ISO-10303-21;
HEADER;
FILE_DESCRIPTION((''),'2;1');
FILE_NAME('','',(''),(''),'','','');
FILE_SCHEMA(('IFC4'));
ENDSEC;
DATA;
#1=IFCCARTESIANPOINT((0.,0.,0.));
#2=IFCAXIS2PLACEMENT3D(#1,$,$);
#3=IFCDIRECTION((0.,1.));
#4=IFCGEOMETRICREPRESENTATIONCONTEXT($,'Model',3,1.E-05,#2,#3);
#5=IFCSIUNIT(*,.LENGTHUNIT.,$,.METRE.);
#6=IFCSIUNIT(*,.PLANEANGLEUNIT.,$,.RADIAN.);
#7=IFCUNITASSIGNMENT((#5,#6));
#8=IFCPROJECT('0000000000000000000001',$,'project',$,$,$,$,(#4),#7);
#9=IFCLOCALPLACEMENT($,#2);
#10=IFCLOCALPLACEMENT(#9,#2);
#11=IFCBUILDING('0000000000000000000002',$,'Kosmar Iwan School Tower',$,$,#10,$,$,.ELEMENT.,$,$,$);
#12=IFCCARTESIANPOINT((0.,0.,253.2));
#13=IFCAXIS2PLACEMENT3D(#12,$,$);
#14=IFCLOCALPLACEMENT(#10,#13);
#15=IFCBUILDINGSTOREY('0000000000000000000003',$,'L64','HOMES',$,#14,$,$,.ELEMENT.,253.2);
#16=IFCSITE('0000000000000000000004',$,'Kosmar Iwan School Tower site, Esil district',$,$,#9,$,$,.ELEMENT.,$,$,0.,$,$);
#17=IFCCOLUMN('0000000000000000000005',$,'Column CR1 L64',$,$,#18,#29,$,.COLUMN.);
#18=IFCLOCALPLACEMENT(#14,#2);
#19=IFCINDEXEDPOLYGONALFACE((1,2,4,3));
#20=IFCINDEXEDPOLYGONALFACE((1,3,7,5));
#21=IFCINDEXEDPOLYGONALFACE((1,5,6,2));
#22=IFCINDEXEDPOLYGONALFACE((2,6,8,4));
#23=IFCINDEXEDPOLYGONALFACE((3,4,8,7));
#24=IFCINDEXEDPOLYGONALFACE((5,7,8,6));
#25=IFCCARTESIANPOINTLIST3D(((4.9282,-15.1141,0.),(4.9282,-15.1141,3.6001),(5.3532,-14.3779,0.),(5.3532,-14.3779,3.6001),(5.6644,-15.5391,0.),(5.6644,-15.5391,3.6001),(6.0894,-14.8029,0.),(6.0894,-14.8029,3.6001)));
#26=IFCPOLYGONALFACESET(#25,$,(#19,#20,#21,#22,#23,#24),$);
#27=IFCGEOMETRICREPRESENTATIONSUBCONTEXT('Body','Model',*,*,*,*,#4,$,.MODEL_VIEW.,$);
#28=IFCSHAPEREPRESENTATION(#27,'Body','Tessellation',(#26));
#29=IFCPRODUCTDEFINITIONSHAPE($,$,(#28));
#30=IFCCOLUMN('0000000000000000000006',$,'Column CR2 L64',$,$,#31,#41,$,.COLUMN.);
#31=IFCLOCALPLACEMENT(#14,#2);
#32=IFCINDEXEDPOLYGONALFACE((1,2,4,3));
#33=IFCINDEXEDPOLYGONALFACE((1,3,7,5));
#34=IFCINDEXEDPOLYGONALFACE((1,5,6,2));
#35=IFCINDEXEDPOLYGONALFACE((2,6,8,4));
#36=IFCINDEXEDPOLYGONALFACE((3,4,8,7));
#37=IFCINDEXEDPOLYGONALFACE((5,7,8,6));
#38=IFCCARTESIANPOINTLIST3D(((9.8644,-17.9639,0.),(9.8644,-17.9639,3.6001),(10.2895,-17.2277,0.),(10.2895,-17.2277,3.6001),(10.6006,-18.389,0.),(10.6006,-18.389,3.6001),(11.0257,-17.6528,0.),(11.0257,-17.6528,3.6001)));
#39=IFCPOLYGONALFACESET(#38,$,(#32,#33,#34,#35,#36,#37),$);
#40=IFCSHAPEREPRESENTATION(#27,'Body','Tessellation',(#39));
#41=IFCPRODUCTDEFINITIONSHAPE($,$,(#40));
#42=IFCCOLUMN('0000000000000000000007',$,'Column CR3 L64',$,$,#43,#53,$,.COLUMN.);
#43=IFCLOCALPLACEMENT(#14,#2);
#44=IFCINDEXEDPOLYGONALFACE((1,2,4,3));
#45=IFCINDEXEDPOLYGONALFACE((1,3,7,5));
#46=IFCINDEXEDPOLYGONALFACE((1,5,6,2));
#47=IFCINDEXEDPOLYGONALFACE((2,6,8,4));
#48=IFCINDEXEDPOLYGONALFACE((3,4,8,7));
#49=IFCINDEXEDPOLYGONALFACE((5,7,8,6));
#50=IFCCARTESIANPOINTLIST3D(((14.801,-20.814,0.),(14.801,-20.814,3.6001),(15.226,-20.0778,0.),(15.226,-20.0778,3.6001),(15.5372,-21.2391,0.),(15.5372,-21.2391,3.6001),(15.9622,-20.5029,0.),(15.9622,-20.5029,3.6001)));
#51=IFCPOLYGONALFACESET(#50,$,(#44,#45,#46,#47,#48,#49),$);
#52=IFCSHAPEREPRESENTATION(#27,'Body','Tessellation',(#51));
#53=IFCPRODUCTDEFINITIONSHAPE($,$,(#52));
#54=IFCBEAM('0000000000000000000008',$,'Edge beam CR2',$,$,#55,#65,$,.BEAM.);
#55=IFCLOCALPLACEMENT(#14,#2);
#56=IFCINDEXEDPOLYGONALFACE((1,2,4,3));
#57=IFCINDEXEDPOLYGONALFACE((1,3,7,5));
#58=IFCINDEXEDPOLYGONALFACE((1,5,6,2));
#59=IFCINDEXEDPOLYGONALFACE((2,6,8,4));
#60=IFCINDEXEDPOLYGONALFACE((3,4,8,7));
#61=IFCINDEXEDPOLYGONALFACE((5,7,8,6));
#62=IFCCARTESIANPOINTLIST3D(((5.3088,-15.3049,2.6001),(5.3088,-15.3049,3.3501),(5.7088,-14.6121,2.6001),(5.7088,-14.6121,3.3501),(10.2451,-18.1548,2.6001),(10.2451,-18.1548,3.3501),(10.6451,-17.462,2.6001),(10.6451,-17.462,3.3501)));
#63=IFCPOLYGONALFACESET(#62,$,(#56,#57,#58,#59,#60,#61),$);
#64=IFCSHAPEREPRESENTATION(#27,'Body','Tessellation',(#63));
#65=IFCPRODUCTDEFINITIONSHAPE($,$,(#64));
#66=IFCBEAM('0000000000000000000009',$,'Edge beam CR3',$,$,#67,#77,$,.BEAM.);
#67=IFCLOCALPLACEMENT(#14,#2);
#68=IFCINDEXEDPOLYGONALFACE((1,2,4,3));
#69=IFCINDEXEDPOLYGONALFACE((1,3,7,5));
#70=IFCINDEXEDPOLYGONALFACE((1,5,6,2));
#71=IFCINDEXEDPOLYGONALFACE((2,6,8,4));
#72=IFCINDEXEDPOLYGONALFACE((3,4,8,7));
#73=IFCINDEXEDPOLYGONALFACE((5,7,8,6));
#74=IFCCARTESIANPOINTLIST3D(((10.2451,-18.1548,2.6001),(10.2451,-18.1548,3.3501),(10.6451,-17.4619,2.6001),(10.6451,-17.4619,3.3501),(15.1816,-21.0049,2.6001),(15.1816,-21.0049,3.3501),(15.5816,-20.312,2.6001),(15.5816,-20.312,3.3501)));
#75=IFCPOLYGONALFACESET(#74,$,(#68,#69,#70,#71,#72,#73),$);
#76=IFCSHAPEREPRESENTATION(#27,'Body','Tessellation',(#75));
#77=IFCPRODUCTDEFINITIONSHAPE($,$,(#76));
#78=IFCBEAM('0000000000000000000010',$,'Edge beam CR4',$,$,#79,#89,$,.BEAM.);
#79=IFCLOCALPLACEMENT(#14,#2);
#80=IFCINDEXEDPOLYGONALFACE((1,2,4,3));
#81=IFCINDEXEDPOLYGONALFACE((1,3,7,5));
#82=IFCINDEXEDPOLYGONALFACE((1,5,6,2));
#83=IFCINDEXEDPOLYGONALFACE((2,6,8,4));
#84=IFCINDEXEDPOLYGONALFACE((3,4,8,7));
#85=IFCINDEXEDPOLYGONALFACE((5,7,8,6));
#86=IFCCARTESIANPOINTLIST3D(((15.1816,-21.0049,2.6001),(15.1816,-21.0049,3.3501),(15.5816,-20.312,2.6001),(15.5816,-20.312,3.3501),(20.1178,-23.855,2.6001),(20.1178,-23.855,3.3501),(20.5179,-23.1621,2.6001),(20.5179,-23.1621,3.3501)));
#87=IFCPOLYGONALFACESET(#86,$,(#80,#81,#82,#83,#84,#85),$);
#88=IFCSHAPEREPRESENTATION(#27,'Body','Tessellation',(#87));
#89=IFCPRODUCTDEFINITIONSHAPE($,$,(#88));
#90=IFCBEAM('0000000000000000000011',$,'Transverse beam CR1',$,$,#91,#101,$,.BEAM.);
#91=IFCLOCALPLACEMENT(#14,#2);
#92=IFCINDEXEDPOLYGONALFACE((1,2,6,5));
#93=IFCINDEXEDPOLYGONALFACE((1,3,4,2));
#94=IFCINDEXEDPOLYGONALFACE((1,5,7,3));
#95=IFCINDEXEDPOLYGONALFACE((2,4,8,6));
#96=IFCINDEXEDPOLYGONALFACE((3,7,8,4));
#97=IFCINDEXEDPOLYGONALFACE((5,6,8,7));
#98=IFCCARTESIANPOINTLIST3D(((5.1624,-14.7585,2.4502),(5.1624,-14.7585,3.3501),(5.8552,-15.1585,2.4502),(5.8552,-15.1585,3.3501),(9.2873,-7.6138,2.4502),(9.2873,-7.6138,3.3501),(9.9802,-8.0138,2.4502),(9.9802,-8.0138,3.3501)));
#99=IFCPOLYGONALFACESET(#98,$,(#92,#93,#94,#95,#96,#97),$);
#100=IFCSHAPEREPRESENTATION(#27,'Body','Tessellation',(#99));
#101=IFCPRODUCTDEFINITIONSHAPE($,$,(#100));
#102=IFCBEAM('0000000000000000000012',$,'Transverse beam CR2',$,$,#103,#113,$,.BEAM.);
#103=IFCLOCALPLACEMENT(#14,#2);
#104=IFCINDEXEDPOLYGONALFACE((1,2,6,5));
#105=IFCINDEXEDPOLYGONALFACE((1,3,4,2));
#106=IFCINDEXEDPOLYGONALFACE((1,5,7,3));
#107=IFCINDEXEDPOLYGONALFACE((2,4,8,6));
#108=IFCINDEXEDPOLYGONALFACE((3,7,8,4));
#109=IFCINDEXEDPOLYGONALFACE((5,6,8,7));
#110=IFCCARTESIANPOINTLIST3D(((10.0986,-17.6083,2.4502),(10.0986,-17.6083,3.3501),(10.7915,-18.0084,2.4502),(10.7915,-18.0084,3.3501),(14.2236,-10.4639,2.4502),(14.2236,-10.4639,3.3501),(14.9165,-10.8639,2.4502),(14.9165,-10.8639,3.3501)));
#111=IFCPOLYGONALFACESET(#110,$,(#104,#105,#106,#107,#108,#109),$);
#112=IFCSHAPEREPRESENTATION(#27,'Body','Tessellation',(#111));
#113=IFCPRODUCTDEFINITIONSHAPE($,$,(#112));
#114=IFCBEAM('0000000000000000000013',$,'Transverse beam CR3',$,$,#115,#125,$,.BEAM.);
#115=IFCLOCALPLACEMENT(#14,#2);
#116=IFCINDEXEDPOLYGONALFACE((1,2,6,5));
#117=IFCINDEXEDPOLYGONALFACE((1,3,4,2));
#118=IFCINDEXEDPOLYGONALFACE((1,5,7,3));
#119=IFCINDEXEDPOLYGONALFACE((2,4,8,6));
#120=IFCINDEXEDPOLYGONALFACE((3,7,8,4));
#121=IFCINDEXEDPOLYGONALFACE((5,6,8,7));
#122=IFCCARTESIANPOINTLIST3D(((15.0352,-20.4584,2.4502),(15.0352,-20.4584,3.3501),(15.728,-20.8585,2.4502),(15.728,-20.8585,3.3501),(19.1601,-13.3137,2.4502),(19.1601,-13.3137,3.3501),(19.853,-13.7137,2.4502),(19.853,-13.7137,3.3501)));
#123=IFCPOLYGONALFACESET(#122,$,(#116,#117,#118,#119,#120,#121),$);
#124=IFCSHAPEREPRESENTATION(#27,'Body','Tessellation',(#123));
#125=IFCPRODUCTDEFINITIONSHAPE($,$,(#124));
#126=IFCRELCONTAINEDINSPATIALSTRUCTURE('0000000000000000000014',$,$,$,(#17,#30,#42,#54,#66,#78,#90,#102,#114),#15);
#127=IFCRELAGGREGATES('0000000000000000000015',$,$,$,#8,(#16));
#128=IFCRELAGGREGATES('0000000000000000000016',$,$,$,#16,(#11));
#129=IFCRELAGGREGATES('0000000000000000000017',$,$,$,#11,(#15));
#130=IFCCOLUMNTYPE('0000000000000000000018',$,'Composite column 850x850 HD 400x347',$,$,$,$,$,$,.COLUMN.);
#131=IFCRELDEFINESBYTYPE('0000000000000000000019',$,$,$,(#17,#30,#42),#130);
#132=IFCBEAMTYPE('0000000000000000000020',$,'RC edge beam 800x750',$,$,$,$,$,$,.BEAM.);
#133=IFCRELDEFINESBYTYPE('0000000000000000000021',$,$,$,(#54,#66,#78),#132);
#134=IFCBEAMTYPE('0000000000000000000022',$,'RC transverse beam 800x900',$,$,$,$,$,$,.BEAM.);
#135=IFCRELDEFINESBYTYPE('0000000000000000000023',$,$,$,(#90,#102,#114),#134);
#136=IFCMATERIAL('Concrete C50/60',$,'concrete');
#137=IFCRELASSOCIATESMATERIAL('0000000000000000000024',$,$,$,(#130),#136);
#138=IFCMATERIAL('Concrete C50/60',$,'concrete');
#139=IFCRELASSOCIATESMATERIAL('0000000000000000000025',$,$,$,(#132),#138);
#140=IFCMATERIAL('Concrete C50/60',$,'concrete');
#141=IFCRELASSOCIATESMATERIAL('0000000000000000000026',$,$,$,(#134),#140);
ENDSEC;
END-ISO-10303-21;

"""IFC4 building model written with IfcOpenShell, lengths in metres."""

from ifc_helpers import new_model, si_unit, direction, frame, origin, origin_2d, place, context, subcontext, project, spatial, rectangle, extrude, material, material_profile, profile_set, type_object, element, save


model = new_model("IFC4")

# Units and contexts
model_context = context("Model", 3, precision=1e-05, world=origin(), true_north=direction((0.0, 1.0)))
body_context = subcontext(model_context, "Body", "Model", "MODEL_VIEW")
ifc_project = project(units=[si_unit("LENGTHUNIT", "METRE"), si_unit("PLANEANGLEUNIT", "RADIAN")], contexts=[model_context])

# Site, building, storey
site_placement = place(None, origin())
site = spatial("IfcSite", under=ifc_project, at=site_placement, Name="Kosmar Iwan School Tower site, Esil district", CompositionType="ELEMENT", RefElevation=0.0)
building_placement = place(site_placement, origin())
building = spatial("IfcBuilding", under=site, at=building_placement, Name="Kosmar Iwan School Tower", CompositionType="ELEMENT")
storey_placement = place(building_placement, frame((0.0, 0.0, 253.2)))
storey = spatial("IfcBuildingStorey", under=building, at=storey_placement, Name="L64", Description="HOMES", CompositionType="ELEMENT", Elevation=253.2)

# Columns
ifc_material_1 = material(Name="Concrete C50/60", Category="concrete")
ifc_material_profile_1 = material_profile(ifc_material_1, rectangle(XDim=0.8501, YDim=0.8501, at=origin_2d()), Name="RC 850x850 + HD 400x347")
ifc_profile_set_1 = profile_set([ifc_material_profile_1], Name="Concrete C50/60")
column_type = type_object("IfcColumnType", Name="Composite column 850x850 HD 400x347", PredefinedType="COLUMN", material=ifc_profile_set_1)
for number, where, z_axis, x_axis, name in (
    (1, (5.5088, -14.9585, 0.0), (0.0, 0.0, 1.0), (0.866025, -0.5, 0.0), "Column CR1 L64"),
    (2, (10.4451, -17.8083, 0.0), (0.0, 0.0, 1.0), (0.866025, -0.5, 0.0), "Column CR2 L64"),
    (3, (15.3816, -20.6584, 0.0), (0.0, 0.0, 1.0), (0.866025, -0.5, 0.0), "Column CR3 L64"),
):
    element("IfcColumn", number, at=place(storey_placement, frame(where, z_axis=z_axis, x_axis=x_axis)), inside=storey, type_object=column_type, Name=name, PredefinedType="COLUMN", context=body_context, shape_type="SweptSolid", body=[
        extrude(rectangle(XDim=0.8501, YDim=0.8501, at=origin_2d()), origin(), (0.0, 0.0, 1.0), 3.6001),
    ])

# Beams
ifc_material_2 = material(Name="Concrete C50/60", Category="concrete")
ifc_material_profile_2 = material_profile(ifc_material_2, rectangle(XDim=0.8, YDim=0.75, at=origin_2d()), Name="RC 800x750")
ifc_profile_set_2 = profile_set([ifc_material_profile_2], Name="Concrete C50/60")
beam_type_1 = type_object("IfcBeamType", Name="RC edge beam 800x750", PredefinedType="BEAM", material=ifc_profile_set_2)
beam_1_placement = place(storey_placement, frame((5.5088, -14.9585, 2.9751), z_axis=(0.866034, -0.499986, 0.0), x_axis=(0.499986, 0.866034, 0.0)))
element("IfcBeam", 4, at=beam_1_placement, inside=storey, type_object=beam_type_1, Name="Edge beam CR2", PredefinedType="BEAM", context=body_context, shape_type="SweptSolid", body=[
    extrude(rectangle(XDim=0.8, YDim=0.75, at=origin_2d()), origin(), (0.0, 0.0, 1.0), 5.7),
])
beam_2_placement = place(storey_placement, frame((10.4451, -17.8083, 2.9751), z_axis=(0.866026, -0.499999, 0.0), x_axis=(0.499999, 0.866026, 0.0)))
element("IfcBeam", 5, at=beam_2_placement, inside=storey, type_object=beam_type_1, Name="Edge beam CR3", PredefinedType="BEAM", context=body_context, shape_type="SweptSolid", body=[
    extrude(rectangle(XDim=0.8, YDim=0.75, at=origin_2d()), origin(), (0.0, 0.0, 1.0), 5.7002),
])
beam_3_placement = place(storey_placement, frame((15.3816, -20.6584, 2.9751), z_axis=(0.866015, -0.500018, 0.0), x_axis=(0.500018, 0.866015, 0.0)))
element("IfcBeam", 6, at=beam_3_placement, inside=storey, type_object=beam_type_1, Name="Edge beam CR4", PredefinedType="BEAM", context=body_context, shape_type="SweptSolid", body=[
    extrude(rectangle(XDim=0.8, YDim=0.75, at=origin_2d()), origin(), (0.0, 0.0, 1.0), 5.7),
])
ifc_material_3 = material(Name="Concrete C50/60", Category="concrete")
ifc_material_profile_3 = material_profile(ifc_material_3, rectangle(XDim=0.8, YDim=0.8999, at=origin_2d()), Name="RC 800x900")
ifc_profile_set_3 = profile_set([ifc_material_profile_3], Name="Concrete C50/60")
beam_type_2 = type_object("IfcBeamType", Name="RC transverse beam 800x900", PredefinedType="BEAM", material=ifc_profile_set_3)
beam_4_placement = place(storey_placement, frame((5.5088, -14.9585, 2.9001), z_axis=(0.499997, 0.866027, 0.0), x_axis=(-0.866027, 0.499997, 0.0)))
element("IfcBeam", 7, at=beam_4_placement, inside=storey, type_object=beam_type_2, Name="Transverse beam CR1", PredefinedType="BEAM", context=body_context, shape_type="SweptSolid", body=[
    extrude(rectangle(XDim=0.8, YDim=0.8999, at=origin_2d()), origin(), (0.0, 0.0, 1.0), 8.25),
])
beam_5_placement = place(storey_placement, frame((10.4451, -17.8083, 2.9001), z_axis=(0.500009, 0.86602, 0.0), x_axis=(-0.86602, 0.500009, 0.0)))
element("IfcBeam", 8, at=beam_5_placement, inside=storey, type_object=beam_type_2, Name="Transverse beam CR2", PredefinedType="BEAM", context=body_context, shape_type="SweptSolid", body=[
    extrude(rectangle(XDim=0.8, YDim=0.8999, at=origin_2d()), origin(), (0.0, 0.0, 1.0), 8.2498),
])
beam_6_placement = place(storey_placement, frame((15.3816, -20.6584, 2.9001), z_axis=(0.499997, 0.866027, 0.0), x_axis=(-0.866027, 0.499997, 0.0)))
element("IfcBeam", 9, at=beam_6_placement, inside=storey, type_object=beam_type_2, Name="Transverse beam CR3", PredefinedType="BEAM", context=body_context, shape_type="SweptSolid", body=[
    extrude(rectangle(XDim=0.8, YDim=0.8999, at=origin_2d()), origin(), (0.0, 0.0, 1.0), 8.25),
])

save(model, "model.ifc")
